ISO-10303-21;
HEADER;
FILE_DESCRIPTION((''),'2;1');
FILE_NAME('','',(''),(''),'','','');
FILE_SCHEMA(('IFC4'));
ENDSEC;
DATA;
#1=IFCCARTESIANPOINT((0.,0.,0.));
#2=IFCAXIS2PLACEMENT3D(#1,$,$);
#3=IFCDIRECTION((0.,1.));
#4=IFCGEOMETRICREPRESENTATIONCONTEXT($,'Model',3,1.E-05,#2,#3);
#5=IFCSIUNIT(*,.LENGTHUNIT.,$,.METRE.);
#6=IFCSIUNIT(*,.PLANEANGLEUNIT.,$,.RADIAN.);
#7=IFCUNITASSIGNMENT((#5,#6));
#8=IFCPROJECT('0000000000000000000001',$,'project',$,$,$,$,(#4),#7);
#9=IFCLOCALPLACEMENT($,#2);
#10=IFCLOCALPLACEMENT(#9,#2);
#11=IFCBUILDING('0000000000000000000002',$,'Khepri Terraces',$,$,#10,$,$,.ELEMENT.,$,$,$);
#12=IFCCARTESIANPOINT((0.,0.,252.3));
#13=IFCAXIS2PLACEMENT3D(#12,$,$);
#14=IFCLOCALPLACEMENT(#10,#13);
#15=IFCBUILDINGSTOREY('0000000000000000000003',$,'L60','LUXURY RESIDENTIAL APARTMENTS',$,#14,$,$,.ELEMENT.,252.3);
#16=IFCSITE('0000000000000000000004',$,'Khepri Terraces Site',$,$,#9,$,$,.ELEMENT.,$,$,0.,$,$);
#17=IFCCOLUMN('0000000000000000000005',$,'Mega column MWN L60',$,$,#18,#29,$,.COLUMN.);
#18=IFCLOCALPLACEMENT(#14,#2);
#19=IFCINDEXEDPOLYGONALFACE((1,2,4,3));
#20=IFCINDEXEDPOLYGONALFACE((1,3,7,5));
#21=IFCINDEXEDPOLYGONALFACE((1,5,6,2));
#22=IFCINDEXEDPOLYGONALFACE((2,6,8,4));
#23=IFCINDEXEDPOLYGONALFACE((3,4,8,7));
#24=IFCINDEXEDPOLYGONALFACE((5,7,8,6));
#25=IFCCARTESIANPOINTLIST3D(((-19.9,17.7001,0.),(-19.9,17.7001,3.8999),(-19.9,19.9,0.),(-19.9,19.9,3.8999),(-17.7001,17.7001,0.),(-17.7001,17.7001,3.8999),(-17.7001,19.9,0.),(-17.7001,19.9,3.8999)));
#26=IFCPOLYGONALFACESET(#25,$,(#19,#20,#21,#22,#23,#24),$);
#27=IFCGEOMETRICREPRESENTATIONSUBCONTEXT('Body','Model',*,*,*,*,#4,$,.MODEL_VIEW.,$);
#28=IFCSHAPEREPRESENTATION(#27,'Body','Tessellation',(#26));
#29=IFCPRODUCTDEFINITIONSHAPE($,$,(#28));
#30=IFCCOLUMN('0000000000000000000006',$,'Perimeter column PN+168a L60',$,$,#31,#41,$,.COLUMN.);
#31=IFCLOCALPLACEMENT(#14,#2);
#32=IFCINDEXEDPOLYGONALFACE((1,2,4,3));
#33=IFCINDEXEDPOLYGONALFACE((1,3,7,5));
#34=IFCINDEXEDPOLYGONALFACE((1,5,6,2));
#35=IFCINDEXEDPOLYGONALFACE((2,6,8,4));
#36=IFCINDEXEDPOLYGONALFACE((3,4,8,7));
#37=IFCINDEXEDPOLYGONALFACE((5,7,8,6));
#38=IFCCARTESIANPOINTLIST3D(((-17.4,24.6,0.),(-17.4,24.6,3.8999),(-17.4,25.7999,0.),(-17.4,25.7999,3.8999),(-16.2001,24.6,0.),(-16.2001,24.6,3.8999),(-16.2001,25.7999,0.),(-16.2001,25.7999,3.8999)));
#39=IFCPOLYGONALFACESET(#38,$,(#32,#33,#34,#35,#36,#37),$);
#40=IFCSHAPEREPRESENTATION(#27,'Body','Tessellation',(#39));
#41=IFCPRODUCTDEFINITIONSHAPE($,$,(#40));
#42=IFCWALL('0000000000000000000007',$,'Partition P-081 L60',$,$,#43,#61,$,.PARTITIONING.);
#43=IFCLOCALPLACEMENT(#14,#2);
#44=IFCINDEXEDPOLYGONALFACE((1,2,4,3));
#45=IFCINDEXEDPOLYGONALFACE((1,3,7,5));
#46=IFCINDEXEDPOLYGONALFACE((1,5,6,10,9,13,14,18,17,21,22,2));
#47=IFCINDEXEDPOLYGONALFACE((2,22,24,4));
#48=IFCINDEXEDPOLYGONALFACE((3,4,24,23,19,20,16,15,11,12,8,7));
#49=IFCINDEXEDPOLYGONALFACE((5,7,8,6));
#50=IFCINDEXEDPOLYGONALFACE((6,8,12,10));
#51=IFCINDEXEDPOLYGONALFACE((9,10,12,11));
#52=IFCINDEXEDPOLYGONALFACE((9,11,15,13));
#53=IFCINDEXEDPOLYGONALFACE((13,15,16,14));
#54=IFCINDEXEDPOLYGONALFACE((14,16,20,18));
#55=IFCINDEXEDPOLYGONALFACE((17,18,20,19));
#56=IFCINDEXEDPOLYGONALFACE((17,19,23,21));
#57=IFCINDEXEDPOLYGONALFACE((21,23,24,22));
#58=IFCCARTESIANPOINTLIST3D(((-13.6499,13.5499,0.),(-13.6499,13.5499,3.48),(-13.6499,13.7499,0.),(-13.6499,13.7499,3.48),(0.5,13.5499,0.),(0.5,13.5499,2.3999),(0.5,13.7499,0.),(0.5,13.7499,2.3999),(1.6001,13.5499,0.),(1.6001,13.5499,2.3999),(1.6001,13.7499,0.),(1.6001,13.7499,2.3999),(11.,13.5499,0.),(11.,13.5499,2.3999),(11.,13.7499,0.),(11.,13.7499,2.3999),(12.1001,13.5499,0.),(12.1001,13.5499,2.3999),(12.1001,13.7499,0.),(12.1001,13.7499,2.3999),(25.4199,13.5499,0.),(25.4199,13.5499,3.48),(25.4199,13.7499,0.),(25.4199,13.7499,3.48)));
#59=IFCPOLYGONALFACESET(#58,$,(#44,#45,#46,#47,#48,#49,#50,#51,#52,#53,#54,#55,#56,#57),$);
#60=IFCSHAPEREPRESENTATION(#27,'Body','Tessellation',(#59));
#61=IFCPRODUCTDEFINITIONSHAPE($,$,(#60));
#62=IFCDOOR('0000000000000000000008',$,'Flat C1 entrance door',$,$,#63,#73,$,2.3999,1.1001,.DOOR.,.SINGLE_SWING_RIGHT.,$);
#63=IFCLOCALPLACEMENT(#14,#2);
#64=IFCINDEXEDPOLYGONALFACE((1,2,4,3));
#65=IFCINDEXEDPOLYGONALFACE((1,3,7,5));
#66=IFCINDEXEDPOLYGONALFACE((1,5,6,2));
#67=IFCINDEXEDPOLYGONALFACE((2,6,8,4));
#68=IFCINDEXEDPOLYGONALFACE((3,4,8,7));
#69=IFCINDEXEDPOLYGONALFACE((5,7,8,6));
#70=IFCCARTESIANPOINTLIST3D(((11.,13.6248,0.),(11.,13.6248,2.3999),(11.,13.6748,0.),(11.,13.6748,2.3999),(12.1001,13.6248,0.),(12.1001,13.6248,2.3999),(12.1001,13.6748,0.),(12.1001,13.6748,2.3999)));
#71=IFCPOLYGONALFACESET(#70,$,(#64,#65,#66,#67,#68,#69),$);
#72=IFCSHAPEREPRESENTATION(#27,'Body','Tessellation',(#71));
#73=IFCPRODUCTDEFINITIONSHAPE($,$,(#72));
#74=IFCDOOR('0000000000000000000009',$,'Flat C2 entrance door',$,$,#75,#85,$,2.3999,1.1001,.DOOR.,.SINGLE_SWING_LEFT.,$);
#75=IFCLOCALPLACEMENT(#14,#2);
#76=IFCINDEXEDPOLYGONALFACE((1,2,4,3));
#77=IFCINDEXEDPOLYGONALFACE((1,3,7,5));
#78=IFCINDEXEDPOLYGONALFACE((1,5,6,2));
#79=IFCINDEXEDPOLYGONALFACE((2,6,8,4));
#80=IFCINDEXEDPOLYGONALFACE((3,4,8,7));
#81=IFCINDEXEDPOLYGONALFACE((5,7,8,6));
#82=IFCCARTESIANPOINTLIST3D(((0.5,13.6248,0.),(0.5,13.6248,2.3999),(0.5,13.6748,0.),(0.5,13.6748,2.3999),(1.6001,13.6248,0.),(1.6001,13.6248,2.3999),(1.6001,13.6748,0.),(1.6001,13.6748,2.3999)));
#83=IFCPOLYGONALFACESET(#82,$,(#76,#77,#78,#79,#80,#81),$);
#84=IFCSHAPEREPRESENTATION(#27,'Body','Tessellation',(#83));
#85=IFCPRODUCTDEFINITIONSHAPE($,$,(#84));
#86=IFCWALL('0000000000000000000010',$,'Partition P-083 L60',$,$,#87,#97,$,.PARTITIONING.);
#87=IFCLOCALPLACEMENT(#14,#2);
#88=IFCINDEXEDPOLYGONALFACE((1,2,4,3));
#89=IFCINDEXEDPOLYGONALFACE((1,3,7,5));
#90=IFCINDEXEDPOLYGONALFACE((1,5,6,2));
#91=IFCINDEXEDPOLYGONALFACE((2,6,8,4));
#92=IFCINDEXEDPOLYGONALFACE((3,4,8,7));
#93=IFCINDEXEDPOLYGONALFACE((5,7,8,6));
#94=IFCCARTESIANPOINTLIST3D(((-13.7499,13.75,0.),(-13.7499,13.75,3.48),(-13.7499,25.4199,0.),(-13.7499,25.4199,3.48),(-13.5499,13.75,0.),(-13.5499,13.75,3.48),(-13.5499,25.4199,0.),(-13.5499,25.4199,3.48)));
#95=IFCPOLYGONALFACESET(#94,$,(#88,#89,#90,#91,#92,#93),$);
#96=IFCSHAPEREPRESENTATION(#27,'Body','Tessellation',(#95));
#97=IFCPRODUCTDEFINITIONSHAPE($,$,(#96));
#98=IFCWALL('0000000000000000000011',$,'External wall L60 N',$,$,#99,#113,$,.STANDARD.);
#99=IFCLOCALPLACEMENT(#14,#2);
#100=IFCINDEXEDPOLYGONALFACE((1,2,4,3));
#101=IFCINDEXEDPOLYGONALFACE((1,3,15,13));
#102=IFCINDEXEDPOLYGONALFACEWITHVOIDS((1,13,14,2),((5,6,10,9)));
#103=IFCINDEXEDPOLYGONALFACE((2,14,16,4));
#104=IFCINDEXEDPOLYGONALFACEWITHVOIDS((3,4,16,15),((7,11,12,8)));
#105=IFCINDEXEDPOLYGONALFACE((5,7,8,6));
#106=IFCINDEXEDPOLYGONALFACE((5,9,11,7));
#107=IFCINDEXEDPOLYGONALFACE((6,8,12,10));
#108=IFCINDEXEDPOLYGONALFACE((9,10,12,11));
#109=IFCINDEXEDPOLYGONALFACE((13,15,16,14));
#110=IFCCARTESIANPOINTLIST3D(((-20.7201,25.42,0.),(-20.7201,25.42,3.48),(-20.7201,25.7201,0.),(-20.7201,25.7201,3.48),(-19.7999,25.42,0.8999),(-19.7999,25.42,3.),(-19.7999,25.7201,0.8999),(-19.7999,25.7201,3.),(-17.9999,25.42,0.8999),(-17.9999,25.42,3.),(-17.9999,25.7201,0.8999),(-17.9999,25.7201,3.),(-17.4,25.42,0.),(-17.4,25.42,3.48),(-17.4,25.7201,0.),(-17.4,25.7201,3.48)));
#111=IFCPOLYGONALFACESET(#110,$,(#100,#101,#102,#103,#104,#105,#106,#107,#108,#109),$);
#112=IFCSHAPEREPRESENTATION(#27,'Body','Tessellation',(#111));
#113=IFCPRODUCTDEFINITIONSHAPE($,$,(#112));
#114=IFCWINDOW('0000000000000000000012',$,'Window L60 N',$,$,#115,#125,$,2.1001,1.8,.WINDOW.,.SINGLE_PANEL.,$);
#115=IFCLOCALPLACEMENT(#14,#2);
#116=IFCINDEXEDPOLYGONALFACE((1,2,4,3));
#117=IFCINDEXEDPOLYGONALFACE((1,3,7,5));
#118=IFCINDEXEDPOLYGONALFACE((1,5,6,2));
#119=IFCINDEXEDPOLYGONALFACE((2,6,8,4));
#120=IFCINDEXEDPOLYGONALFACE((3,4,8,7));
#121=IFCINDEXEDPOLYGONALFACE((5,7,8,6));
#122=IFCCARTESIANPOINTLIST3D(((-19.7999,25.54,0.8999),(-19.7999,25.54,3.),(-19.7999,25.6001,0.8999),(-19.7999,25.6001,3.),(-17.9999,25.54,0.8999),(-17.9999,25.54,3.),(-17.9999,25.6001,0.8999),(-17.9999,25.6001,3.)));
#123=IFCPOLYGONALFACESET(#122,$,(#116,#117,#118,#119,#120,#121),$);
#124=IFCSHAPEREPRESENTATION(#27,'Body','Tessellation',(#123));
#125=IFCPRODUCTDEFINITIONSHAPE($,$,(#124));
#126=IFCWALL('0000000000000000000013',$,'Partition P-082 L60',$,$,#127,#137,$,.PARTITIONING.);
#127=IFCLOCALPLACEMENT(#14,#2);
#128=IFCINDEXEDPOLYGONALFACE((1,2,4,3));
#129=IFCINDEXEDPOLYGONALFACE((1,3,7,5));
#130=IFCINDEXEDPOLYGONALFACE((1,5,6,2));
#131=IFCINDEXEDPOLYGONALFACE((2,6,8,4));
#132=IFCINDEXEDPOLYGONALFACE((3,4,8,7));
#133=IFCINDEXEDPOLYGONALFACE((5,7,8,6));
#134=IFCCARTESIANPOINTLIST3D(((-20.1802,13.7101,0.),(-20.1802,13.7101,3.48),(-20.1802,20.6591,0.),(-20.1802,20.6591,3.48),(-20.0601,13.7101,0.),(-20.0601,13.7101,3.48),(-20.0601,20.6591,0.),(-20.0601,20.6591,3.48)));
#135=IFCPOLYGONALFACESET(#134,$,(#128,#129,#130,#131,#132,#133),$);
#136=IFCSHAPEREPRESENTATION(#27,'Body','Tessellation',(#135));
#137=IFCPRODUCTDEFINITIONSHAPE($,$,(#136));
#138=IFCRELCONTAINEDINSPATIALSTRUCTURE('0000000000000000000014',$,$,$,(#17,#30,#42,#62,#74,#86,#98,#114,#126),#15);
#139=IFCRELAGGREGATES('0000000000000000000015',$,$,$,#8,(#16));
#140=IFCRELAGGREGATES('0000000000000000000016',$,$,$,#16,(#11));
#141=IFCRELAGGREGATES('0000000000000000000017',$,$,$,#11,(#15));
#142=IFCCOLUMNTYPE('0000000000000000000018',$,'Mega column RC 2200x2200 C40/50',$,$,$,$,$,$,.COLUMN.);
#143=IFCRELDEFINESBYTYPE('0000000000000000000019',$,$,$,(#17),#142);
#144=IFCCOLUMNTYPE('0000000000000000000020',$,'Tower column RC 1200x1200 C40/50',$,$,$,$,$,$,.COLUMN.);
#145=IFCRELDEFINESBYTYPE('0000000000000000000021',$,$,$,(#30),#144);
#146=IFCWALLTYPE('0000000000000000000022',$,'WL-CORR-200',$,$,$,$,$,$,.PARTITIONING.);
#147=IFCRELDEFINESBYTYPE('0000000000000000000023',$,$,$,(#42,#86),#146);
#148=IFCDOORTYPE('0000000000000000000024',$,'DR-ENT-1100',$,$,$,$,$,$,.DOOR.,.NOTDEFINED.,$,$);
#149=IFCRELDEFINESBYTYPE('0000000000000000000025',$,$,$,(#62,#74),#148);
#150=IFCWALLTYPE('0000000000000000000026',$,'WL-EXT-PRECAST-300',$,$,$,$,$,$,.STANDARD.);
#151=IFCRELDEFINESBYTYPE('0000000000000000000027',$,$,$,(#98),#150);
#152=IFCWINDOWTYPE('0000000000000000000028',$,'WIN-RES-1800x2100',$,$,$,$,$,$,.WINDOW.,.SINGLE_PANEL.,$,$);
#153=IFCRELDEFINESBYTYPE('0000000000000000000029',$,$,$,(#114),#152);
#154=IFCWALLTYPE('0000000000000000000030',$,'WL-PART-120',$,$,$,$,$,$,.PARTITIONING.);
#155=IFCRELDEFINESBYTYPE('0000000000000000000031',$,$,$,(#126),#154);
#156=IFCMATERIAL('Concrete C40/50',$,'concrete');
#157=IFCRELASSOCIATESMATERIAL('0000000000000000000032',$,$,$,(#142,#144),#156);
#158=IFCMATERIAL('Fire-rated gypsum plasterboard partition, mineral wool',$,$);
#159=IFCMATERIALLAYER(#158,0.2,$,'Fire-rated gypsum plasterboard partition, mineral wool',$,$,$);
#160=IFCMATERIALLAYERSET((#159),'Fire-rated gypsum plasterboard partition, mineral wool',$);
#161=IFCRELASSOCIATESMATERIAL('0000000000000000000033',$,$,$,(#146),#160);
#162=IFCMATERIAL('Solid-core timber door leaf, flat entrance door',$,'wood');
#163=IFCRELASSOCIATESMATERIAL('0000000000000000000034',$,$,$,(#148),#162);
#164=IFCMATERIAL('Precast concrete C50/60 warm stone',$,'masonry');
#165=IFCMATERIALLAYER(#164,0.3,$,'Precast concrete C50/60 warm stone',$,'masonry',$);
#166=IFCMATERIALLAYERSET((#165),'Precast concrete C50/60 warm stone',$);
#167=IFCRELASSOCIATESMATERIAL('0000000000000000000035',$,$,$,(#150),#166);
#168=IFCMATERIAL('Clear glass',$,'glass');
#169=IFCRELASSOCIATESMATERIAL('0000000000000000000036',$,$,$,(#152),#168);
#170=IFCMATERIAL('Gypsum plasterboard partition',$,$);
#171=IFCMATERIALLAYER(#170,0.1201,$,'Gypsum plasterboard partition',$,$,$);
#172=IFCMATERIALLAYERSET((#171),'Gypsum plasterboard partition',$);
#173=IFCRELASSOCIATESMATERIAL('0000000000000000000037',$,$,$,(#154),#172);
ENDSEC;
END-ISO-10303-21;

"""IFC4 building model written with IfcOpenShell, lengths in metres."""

from ifc_helpers import new_model, si_unit, direction, frame, frame_2d, origin, origin_2d, place, context, subcontext, project, spatial, rectangle, extrude, material, layer, layer_set, material_profile, profile_set, type_object, element, fill, save


model = new_model("IFC4")

# Units and contexts
model_context = context("Model", 3, precision=1e-05, world=origin(), true_north=direction((0.0, 1.0)))
body_context = subcontext(model_context, "Body", "Model", "MODEL_VIEW")
ifc_project = project(units=[si_unit("LENGTHUNIT", "METRE"), si_unit("PLANEANGLEUNIT", "RADIAN")], contexts=[model_context])

# Site, building, storey
site_placement = place(None, origin())
site = spatial("IfcSite", under=ifc_project, at=site_placement, Name="Khepri Terraces Site", CompositionType="ELEMENT", RefElevation=0.0)
building_placement = place(site_placement, origin())
building = spatial("IfcBuilding", under=site, at=building_placement, Name="Khepri Terraces", CompositionType="ELEMENT")
storey_placement = place(building_placement, frame((0.0, 0.0, 252.3)))
storey = spatial("IfcBuildingStorey", under=building, at=storey_placement, Name="L60", Description="LUXURY RESIDENTIAL APARTMENTS", CompositionType="ELEMENT", Elevation=252.3)

# Columns
ifc_material_1 = material(Name="Concrete C40/50", Category="concrete")
ifc_material_profile_1 = material_profile(ifc_material_1, rectangle(XDim=2.2, YDim=2.2, at=origin_2d()), Name="Concrete C40/50", Category="concrete")
ifc_profile_set_1 = profile_set([ifc_material_profile_1], Name="Concrete C40/50")
column_type_1 = type_object("IfcColumnType", Name="Mega column RC 2200x2200 C40/50", PredefinedType="COLUMN", material=ifc_profile_set_1)
column_1_placement = place(storey_placement, frame((-18.8, 18.8, 0.0), z_axis=(0.0, 0.0, 1.0), x_axis=(1.0, 0.0, 0.0)))
element("IfcColumn", 1, at=column_1_placement, inside=storey, type_object=column_type_1, Name="Mega column MWN L60", PredefinedType="COLUMN", context=body_context, shape_type="SweptSolid", body=[
    extrude(rectangle(XDim=2.2, YDim=2.2, at=origin_2d()), origin(), (0.0, 0.0, 1.0), 3.8999),
])
ifc_material_profile_2 = material_profile(ifc_material_1, rectangle(XDim=1.2, YDim=1.2, at=origin_2d()), Name="Concrete C40/50", Category="concrete")
ifc_profile_set_2 = profile_set([ifc_material_profile_2], Name="Concrete C40/50")
column_type_2 = type_object("IfcColumnType", Name="Tower column RC 1200x1200 C40/50", PredefinedType="COLUMN", material=ifc_profile_set_2)
column_2_placement = place(storey_placement, frame((-16.8, 25.2, 0.0), z_axis=(0.0, 0.0, 1.0), x_axis=(1.0, 0.0, 0.0)))
element("IfcColumn", 2, at=column_2_placement, inside=storey, type_object=column_type_2, Name="Perimeter column PN+168a L60", PredefinedType="COLUMN", context=body_context, shape_type="SweptSolid", body=[
    extrude(rectangle(XDim=1.2, YDim=1.2, at=origin_2d()), origin(), (0.0, 0.0, 1.0), 3.8999),
])

# Wall, openings, doors
ifc_material_2 = material(Name="Fire-rated gypsum plasterboard partition, mineral wool")
ifc_layer_1 = layer(ifc_material_2, 0.2, Name="Fire-rated gypsum plasterboard partition, mineral wool")
ifc_layer_set_1 = layer_set([ifc_layer_1], Name="Fire-rated gypsum plasterboard partition, mineral wool")
wall_type_1 = type_object("IfcWallType", Name="WL-CORR-200", PredefinedType="PARTITIONING", material=ifc_layer_set_1)
wall_1_placement = place(storey_placement, frame((-13.6499, 13.6499, 0.0), z_axis=(0.0, 0.0, 1.0), x_axis=(1.0, 0.0, 0.0)))
wall_1 = element("IfcWall", 3, at=wall_1_placement, inside=storey, type_object=wall_type_1, Name="Partition P-081 L60", PredefinedType="PARTITIONING", context=body_context, shape_type="SweptSolid", body=[
    extrude(rectangle(XDim=39.0698, YDim=0.2, at=frame_2d((19.5349, 0.0))), origin(), (0.0, 0.0, 1.0), 3.48),
])
opening_1_placement = place(wall_1_placement, frame((24.6499, 0.0, 0.0)))
opening_1 = element("IfcOpeningElement", 4, at=opening_1_placement, cuts=wall_1, PredefinedType="OPENING", context=body_context, shape_type="SweptSolid", body=[
    extrude(rectangle(XDim=1.1001, YDim=2.3999, at=frame_2d((0.55, 1.2))), frame((0.0, 0.1099, 0.0), z_axis=(0.0, -1.0, 0.0), x_axis=(1.0, 0.0, 0.0)), (0.0, 0.0, 1.0), 0.22),
])
opening_2_placement = place(wall_1_placement, frame((14.1499, 0.0, 0.0)))
opening_2 = element("IfcOpeningElement", 5, at=opening_2_placement, cuts=wall_1, PredefinedType="OPENING", context=body_context, shape_type="SweptSolid", body=[
    extrude(rectangle(XDim=1.1001, YDim=2.3999, at=frame_2d((0.55, 1.2))), frame((0.0, 0.1099, 0.0), z_axis=(0.0, -1.0, 0.0), x_axis=(1.0, 0.0, 0.0)), (0.0, 0.0, 1.0), 0.22),
])
ifc_material_3 = material(Name="Solid-core timber door leaf, flat entrance door", Category="wood")
door_type_1 = type_object("IfcDoorType", Name="DR-ENT-1100", OperationType="NOTDEFINED", PredefinedType="DOOR", material=ifc_material_3)
door_1_placement = place(opening_1_placement, origin())
door_1 = element("IfcDoor", 6, at=door_1_placement, inside=storey, type_object=door_type_1, Name="Flat C1 entrance door", OperationType="SINGLE_SWING_RIGHT", OverallHeight=2.3999, OverallWidth=1.1001, PredefinedType="DOOR", context=body_context, shape_type="SweptSolid", body=[
    extrude(rectangle(XDim=1.1001, YDim=2.3999, at=frame_2d((0.55, 1.2))), frame((0.0, 0.0249, 0.0), z_axis=(0.0, -1.0, 0.0), x_axis=(1.0, 0.0, 0.0)), (0.0, 0.0, 1.0), 0.05),
])
fill(opening_1, door_1)
door_2_placement = place(opening_2_placement, origin())
door_2 = element("IfcDoor", 7, at=door_2_placement, inside=storey, type_object=door_type_1, Name="Flat C2 entrance door", OperationType="SINGLE_SWING_LEFT", OverallHeight=2.3999, OverallWidth=1.1001, PredefinedType="DOOR", context=body_context, shape_type="SweptSolid", body=[
    extrude(rectangle(XDim=1.1001, YDim=2.3999, at=frame_2d((0.55, 1.2))), frame((0.0, 0.0249, 0.0), z_axis=(0.0, -1.0, 0.0), x_axis=(1.0, 0.0, 0.0)), (0.0, 0.0, 1.0), 0.05),
])
fill(opening_2, door_2)

# Wall
wall_2_placement = place(storey_placement, frame((-13.6499, 13.75, 0.0), z_axis=(0.0, 0.0, 1.0), x_axis=(0.0, 1.0, 0.0)))
element("IfcWall", 8, at=wall_2_placement, inside=storey, type_object=wall_type_1, Name="Partition P-083 L60", PredefinedType="PARTITIONING", context=body_context, shape_type="SweptSolid", body=[
    extrude(rectangle(XDim=11.6699, YDim=0.2, at=frame_2d((5.835, 0.0))), origin(), (0.0, 0.0, 1.0), 3.48),
])

# Wall, opening, window
ifc_material_4 = material(Name="Precast concrete C50/60 warm stone", Category="masonry")
ifc_layer_2 = layer(ifc_material_4, 0.3, Name="Precast concrete C50/60 warm stone", Category="masonry")
ifc_layer_set_2 = layer_set([ifc_layer_2], Name="Precast concrete C50/60 warm stone")
wall_type_2 = type_object("IfcWallType", Name="WL-EXT-PRECAST-300", PredefinedType="STANDARD", material=ifc_layer_set_2)
wall_3_placement = place(storey_placement, frame((-17.3999, 25.5701, 0.0), z_axis=(0.0, 0.0, 1.0), x_axis=(-1.0, 0.0, 0.0)))
wall_3 = element("IfcWall", 9, at=wall_3_placement, inside=storey, type_object=wall_type_2, Name="External wall L60 N", PredefinedType="STANDARD", context=body_context, shape_type="SweptSolid", body=[
    extrude(rectangle(XDim=3.3201, YDim=0.3, at=frame_2d((1.6602, 0.0))), origin(), (0.0, 0.0, 1.0), 3.48),
])
opening_3_placement = place(wall_3_placement, frame((0.6001, 0.0, 0.8999)))
opening_3 = element("IfcOpeningElement", 10, at=opening_3_placement, cuts=wall_3, PredefinedType="OPENING", context=body_context, shape_type="SweptSolid", body=[
    extrude(rectangle(XDim=1.8, YDim=2.1001, at=frame_2d((0.8999, 1.05))), frame((0.0, 0.1602, 0.0), z_axis=(0.0, -1.0, 0.0), x_axis=(1.0, 0.0, 0.0)), (0.0, 0.0, 1.0), 0.3201),
])
ifc_material_5 = material(Name="Clear glass", Category="glass")
window_type = type_object("IfcWindowType", Name="WIN-RES-1800x2100", PartitioningType="SINGLE_PANEL", PredefinedType="WINDOW", material=ifc_material_5)
window_placement = place(opening_3_placement, origin())
window = element("IfcWindow", 11, at=window_placement, inside=storey, type_object=window_type, Name="Window L60 N", OverallHeight=2.1001, OverallWidth=1.8, PartitioningType="SINGLE_PANEL", PredefinedType="WINDOW", context=body_context, shape_type="SweptSolid", body=[
    extrude(rectangle(XDim=1.8, YDim=2.1001, at=frame_2d((0.8999, 1.05))), frame((0.0, 0.03, 0.0), z_axis=(0.0, -1.0, 0.0), x_axis=(1.0, 0.0, 0.0)), (0.0, 0.0, 1.0), 0.0601),
])
fill(opening_3, window)

# Wall
ifc_material_6 = material(Name="Gypsum plasterboard partition")
ifc_layer_3 = layer(ifc_material_6, 0.1201, Name="Gypsum plasterboard partition")
ifc_layer_set_3 = layer_set([ifc_layer_3], Name="Gypsum plasterboard partition")
wall_type_3 = type_object("IfcWallType", Name="WL-PART-120", PredefinedType="PARTITIONING", material=ifc_layer_set_3)
wall_4_placement = place(storey_placement, frame((-20.1201, 13.71, 0.0), z_axis=(0.0, 0.0, 1.0), x_axis=(0.0, 1.0, 0.0)))
element("IfcWall", 12, at=wall_4_placement, inside=storey, type_object=wall_type_3, Name="Partition P-082 L60", PredefinedType="PARTITIONING", context=body_context, shape_type="SweptSolid", body=[
    extrude(rectangle(XDim=6.949, YDim=0.1201, at=frame_2d((3.4746, 0.0))), origin(), (0.0, 0.0, 1.0), 3.48),
])

save(model, "model.ifc")
